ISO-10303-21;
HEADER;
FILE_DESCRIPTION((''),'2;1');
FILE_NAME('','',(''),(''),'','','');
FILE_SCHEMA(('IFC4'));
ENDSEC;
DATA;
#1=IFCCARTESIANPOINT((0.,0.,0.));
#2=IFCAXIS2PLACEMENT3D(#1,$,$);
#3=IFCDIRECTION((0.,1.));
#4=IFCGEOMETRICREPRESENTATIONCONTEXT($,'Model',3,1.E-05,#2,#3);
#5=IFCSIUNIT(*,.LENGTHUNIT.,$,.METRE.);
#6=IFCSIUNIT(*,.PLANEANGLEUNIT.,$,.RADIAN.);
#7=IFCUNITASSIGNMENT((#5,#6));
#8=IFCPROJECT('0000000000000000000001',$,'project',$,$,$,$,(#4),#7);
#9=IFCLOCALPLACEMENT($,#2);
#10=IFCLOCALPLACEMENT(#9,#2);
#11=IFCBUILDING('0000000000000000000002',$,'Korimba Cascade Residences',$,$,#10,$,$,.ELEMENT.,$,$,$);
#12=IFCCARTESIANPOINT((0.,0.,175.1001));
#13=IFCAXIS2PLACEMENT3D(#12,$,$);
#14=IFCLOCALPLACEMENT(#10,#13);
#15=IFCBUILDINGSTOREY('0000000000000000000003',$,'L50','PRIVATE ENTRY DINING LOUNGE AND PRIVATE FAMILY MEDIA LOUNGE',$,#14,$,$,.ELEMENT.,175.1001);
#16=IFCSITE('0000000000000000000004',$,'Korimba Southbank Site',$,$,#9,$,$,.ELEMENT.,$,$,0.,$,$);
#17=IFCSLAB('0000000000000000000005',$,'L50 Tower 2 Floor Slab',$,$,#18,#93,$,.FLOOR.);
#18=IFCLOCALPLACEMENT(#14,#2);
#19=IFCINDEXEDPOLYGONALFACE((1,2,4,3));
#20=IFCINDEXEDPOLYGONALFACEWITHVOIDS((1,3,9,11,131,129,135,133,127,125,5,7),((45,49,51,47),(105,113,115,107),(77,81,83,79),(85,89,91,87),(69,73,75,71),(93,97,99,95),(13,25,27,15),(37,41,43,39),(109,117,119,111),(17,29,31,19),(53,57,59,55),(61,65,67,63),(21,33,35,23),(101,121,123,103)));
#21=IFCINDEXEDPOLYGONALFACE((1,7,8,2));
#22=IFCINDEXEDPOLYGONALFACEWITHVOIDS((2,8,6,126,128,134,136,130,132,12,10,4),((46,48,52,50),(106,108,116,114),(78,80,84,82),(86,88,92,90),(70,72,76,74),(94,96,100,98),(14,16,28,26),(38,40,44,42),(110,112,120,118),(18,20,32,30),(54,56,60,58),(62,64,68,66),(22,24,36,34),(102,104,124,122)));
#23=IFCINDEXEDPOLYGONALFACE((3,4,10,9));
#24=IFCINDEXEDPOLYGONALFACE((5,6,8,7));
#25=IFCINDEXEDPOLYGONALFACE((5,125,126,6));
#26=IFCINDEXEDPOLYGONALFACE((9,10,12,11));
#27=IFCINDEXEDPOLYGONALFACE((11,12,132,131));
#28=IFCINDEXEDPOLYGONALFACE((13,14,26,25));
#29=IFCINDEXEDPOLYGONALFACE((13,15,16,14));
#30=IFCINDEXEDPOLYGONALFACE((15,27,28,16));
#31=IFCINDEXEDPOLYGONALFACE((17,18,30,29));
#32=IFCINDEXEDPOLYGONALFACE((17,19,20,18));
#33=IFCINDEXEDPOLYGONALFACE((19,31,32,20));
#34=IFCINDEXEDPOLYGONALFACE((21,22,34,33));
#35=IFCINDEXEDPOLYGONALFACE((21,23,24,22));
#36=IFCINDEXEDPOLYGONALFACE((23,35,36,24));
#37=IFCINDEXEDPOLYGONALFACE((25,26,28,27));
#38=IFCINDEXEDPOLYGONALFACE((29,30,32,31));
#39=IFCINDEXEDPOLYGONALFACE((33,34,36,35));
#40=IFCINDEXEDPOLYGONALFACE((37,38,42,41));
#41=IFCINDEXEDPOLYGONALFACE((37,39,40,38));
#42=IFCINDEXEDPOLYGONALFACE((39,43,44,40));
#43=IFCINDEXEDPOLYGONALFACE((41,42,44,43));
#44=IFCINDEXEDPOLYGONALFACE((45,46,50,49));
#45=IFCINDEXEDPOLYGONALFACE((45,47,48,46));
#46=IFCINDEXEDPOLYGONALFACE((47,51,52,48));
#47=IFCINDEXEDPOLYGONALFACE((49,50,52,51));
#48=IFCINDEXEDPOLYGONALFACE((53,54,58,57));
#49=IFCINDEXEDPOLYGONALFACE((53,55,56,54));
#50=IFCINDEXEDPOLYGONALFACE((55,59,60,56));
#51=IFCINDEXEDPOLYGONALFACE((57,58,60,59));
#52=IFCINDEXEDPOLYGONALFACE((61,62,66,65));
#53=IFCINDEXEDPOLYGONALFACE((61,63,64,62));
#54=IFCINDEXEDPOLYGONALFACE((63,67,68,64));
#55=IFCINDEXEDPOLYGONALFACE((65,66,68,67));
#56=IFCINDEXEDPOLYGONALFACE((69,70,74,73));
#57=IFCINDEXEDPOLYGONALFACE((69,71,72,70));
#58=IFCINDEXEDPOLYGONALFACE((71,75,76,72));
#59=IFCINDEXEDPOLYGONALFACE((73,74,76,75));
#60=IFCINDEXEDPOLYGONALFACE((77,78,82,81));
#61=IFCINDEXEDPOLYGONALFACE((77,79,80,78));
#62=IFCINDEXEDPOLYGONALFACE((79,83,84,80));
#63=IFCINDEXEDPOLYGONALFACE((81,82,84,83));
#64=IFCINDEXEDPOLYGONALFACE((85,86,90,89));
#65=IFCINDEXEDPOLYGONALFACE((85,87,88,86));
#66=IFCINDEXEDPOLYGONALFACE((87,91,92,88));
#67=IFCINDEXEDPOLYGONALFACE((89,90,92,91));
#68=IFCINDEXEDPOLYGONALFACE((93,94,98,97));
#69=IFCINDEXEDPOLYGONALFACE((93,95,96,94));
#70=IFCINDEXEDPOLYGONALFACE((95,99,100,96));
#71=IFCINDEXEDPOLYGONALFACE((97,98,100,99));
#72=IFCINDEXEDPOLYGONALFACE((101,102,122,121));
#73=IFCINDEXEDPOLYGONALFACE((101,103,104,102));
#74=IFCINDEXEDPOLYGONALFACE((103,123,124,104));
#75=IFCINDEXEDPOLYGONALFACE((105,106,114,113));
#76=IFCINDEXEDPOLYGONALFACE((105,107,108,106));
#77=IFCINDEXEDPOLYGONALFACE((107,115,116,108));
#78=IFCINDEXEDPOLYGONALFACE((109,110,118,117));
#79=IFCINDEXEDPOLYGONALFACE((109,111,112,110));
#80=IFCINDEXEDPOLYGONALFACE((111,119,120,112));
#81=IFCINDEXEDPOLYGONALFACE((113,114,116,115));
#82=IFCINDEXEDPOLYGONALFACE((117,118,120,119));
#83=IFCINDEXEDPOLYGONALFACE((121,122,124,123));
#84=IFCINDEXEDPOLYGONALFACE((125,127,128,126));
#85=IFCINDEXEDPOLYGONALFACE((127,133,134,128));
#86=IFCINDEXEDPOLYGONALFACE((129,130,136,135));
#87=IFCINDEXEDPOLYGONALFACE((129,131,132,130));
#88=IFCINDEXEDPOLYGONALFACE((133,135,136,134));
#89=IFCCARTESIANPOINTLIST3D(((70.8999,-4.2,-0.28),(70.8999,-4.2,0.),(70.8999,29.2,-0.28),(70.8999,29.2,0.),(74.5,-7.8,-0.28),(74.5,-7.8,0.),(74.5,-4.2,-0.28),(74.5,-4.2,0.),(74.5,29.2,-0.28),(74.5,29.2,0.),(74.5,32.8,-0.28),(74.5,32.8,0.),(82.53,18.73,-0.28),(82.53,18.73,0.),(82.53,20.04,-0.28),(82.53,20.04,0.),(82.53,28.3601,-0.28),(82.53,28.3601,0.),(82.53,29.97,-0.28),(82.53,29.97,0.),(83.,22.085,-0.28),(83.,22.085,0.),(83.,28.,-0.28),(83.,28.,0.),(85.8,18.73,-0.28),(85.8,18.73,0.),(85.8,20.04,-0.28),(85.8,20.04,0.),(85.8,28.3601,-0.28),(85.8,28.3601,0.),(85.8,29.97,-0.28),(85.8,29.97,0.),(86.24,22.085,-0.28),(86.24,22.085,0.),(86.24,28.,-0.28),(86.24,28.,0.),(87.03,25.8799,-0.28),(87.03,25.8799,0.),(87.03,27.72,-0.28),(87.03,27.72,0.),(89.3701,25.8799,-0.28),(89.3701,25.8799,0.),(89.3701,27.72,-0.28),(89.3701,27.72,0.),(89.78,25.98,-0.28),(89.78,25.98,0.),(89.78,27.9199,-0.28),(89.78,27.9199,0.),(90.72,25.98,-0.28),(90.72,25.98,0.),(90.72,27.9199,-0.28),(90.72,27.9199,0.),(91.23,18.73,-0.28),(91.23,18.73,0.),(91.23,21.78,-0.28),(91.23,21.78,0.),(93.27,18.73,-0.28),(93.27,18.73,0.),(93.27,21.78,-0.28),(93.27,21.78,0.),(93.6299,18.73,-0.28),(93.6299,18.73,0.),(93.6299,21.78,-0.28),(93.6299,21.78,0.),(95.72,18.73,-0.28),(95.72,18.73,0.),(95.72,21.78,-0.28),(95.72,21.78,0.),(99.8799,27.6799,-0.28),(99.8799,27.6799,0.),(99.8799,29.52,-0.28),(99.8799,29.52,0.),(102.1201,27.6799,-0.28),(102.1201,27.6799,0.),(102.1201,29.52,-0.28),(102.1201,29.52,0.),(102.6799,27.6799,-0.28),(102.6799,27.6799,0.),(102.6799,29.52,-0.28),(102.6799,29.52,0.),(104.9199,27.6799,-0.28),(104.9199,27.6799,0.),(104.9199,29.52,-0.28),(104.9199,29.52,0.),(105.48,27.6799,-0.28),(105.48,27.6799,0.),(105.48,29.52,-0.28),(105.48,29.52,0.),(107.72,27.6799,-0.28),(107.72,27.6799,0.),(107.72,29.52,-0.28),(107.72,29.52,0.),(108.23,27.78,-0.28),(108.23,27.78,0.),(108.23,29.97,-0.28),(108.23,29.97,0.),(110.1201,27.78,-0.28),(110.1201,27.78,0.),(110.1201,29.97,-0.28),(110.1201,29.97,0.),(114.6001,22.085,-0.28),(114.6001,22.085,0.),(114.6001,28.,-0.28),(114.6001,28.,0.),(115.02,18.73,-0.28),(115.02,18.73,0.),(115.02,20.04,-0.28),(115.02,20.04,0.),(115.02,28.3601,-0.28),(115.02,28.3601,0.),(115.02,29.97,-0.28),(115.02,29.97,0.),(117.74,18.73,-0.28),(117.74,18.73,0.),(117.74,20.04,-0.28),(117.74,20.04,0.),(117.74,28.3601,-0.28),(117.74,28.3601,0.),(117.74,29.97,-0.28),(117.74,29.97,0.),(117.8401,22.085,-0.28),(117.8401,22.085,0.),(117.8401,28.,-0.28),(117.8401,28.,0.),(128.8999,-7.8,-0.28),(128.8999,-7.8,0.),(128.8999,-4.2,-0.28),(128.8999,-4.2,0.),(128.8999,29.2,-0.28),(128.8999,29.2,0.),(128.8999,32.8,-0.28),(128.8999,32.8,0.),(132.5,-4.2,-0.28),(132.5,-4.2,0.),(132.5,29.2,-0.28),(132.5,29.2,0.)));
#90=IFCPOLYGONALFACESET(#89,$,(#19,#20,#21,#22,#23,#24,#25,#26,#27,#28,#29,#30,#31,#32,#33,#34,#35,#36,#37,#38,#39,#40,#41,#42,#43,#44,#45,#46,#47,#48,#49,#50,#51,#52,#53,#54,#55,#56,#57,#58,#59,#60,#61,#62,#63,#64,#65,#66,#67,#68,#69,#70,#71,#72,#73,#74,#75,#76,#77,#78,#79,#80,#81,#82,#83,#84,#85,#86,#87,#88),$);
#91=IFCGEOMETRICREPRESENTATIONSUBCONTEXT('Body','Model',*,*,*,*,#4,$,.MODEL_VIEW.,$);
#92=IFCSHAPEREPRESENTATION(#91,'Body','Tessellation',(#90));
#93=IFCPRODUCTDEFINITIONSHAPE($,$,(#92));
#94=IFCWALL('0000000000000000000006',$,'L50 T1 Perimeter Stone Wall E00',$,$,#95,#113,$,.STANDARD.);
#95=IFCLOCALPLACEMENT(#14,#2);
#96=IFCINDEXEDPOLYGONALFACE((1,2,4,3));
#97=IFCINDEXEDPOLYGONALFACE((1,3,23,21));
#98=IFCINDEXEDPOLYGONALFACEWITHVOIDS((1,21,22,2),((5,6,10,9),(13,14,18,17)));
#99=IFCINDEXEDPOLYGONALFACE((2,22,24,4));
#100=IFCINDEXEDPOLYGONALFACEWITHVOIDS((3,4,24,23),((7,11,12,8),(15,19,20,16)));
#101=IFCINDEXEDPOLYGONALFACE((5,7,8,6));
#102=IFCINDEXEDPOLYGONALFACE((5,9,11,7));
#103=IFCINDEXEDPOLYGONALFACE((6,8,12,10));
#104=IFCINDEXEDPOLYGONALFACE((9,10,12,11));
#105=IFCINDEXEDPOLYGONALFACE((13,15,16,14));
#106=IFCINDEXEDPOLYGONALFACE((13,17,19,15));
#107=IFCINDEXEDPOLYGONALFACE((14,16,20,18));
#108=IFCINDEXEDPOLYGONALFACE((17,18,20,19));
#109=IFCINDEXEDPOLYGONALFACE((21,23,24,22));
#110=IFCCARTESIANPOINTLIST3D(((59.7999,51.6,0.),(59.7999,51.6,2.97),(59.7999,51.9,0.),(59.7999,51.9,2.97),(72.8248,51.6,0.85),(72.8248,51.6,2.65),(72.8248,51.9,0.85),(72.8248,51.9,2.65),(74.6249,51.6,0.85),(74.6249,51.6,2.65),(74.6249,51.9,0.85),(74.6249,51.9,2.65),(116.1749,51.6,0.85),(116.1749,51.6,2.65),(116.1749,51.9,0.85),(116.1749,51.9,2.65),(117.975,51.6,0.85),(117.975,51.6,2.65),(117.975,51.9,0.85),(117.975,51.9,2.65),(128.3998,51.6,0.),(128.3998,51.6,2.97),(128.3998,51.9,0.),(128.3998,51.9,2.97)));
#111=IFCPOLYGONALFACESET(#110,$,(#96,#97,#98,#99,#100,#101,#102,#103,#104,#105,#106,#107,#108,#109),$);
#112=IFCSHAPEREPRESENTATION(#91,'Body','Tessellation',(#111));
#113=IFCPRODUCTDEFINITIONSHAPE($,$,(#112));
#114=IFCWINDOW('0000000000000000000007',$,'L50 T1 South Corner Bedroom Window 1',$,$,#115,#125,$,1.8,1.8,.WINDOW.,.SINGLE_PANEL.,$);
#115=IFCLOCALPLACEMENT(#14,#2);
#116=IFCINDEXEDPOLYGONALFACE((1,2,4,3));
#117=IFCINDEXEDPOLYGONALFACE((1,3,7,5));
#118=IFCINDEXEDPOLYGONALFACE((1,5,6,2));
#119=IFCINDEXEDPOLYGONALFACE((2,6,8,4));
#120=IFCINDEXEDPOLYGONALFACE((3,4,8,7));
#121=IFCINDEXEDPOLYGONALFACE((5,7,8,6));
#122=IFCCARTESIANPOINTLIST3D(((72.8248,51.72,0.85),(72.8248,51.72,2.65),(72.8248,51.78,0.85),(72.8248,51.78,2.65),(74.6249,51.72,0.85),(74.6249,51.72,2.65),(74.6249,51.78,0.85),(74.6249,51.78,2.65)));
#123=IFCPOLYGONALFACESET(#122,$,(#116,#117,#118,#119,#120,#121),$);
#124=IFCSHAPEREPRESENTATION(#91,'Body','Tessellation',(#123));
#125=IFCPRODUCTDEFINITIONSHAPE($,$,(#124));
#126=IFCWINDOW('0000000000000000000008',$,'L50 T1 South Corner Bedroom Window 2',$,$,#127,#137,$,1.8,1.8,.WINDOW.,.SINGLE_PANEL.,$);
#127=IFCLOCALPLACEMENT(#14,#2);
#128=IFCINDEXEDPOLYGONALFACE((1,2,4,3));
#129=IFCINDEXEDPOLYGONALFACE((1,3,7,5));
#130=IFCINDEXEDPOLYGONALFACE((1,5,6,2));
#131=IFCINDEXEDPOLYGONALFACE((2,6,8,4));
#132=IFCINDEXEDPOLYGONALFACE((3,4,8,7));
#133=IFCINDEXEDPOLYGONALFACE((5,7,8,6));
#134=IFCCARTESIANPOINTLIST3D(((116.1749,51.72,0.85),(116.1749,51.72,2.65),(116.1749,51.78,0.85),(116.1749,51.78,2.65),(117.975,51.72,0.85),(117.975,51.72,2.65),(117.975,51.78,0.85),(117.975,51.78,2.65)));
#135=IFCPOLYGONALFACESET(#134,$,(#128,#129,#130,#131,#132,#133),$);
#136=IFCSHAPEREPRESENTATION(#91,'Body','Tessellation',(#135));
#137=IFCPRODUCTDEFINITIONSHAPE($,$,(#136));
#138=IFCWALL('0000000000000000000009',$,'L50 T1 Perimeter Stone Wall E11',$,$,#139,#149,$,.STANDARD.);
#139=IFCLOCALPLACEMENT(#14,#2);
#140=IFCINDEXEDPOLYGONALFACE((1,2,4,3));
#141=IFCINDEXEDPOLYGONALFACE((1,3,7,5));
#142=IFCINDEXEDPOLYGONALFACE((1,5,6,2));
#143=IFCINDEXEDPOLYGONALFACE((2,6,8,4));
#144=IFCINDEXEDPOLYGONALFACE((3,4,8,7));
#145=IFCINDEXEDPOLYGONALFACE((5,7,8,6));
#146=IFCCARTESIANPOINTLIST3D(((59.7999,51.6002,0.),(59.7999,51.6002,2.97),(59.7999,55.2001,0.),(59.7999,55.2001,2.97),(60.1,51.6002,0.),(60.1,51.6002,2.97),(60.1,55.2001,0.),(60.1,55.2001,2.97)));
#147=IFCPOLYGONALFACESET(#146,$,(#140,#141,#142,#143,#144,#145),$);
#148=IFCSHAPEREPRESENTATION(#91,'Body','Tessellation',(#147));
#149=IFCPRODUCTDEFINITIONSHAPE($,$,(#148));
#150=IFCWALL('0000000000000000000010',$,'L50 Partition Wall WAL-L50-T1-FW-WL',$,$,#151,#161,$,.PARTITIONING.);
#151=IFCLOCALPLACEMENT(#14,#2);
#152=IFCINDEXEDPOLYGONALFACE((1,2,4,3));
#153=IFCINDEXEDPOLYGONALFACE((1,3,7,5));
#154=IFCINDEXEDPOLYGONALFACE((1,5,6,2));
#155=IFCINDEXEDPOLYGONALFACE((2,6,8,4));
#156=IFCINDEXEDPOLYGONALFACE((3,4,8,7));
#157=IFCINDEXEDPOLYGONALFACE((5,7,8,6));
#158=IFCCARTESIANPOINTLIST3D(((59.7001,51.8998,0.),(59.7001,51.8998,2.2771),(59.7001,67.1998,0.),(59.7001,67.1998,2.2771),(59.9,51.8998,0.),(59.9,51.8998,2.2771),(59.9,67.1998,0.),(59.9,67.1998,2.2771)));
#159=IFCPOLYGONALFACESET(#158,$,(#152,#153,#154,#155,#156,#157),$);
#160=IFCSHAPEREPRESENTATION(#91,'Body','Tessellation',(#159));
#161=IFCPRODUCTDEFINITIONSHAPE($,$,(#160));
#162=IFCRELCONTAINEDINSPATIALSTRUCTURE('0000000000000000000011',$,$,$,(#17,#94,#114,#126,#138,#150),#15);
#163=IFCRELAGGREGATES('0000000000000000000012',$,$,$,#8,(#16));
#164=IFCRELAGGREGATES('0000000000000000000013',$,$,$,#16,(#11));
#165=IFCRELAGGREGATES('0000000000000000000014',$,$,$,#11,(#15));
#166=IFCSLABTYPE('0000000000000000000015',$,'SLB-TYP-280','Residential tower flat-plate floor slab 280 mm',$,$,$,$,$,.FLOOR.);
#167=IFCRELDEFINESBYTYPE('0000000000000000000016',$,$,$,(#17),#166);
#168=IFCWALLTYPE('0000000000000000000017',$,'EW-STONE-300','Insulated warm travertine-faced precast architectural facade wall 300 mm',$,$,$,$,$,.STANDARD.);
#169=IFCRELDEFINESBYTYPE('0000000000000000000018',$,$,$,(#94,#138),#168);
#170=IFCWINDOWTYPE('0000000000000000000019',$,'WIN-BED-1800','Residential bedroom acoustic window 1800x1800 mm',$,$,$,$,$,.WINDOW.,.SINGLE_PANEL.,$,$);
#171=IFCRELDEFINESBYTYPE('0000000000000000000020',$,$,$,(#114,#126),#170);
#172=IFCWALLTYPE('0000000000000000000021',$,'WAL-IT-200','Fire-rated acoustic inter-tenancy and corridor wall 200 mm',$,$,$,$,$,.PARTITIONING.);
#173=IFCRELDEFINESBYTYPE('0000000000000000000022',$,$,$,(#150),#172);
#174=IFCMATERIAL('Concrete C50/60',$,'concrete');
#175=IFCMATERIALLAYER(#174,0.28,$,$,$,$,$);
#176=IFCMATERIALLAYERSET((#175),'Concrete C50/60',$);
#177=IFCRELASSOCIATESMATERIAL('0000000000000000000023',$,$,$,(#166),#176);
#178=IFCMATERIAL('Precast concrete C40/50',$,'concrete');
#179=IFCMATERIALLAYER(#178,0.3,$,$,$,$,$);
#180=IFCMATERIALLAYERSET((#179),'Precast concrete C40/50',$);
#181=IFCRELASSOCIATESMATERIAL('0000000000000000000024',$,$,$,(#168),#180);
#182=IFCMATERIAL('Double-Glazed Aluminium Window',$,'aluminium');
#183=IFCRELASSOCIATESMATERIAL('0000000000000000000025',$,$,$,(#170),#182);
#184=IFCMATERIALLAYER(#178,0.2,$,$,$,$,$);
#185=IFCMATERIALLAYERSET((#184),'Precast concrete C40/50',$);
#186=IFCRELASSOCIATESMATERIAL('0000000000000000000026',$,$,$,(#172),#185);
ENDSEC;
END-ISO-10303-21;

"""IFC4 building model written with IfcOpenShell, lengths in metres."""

from ifc_helpers import new_model, si_unit, direction, frame, frame_2d, origin, place, context, subcontext, project, spatial, polyline, rectangle, outline, extrude, material, layer, layer_set, type_object, element, fill, save


model = new_model("IFC4")

# Units and contexts
model_context = context("Model", 3, precision=1e-05, world=origin(), true_north=direction((0.0, 1.0)))
body_context = subcontext(model_context, "Body", "Model", "MODEL_VIEW")
ifc_project = project(units=[si_unit("LENGTHUNIT", "METRE"), si_unit("PLANEANGLEUNIT", "RADIAN")], contexts=[model_context])

# Site, building, storey
site_placement = place(None, origin())
site = spatial("IfcSite", under=ifc_project, at=site_placement, Name="Korimba Southbank Site", CompositionType="ELEMENT", RefElevation=0.0)
building_placement = place(site_placement, origin())
building = spatial("IfcBuilding", under=site, at=building_placement, Name="Korimba Cascade Residences", CompositionType="ELEMENT")
storey_placement = place(building_placement, frame((0.0, 0.0, 175.1001)))
storey = spatial("IfcBuildingStorey", under=building, at=storey_placement, Name="L50", Description="PRIVATE ENTRY DINING LOUNGE AND PRIVATE FAMILY MEDIA LOUNGE", CompositionType="ELEMENT", Elevation=175.1001)

# Shared definitions
ifc_material_1 = material(Name="Concrete C50/60", Category="concrete")

# Slab
ifc_material_2 = material(Name="Precast concrete C40/50", Category="concrete")
ifc_layer_1 = layer(ifc_material_1, 0.28)
ifc_layer_set_1 = layer_set([ifc_layer_1], Name="Concrete C50/60")
slab_type_1 = type_object("IfcSlabType", Name="SLB-TYP-280", Description="Residential tower flat-plate floor slab 280 mm", PredefinedType="FLOOR", material=ifc_layer_set_1)
slab_1_placement = place(storey_placement, frame((0.0, 0.0, -0.28)))
element("IfcSlab", 1, at=slab_1_placement, inside=storey, type_object=slab_type_1, Name="L50 Tower 2 Floor Slab", PredefinedType="FLOOR", context=body_context, shape_type="SweptSolid", body=[
    extrude(outline(polyline([(74.5, -7.8), (128.8999, -7.8), (128.8999, -4.2), (132.5, -4.2), (132.5, 29.2), (128.8999, 29.2), (128.8999, 32.8), (74.5, 32.8), (74.5, 29.2), (70.8999, 29.2), (70.8999, -4.2), (74.5, -4.2), (74.5, -7.8)]), holes=[polyline([(86.24, 22.085), (86.24, 28.0), (83.0, 28.0), (83.0, 22.085), (86.24, 22.085)]), polyline([(117.8401, 22.085), (117.8401, 28.0), (114.6001, 28.0), (114.6001, 22.085), (117.8401, 22.085)]), polyline([(87.03, 25.8799), (89.3701, 25.8799), (89.3701, 27.72), (87.03, 27.72), (87.03, 25.8799)]), polyline([(99.8799, 27.6799), (102.1201, 27.6799), (102.1201, 29.52), (99.8799, 29.52), (99.8799, 27.6799)]), polyline([(102.6799, 27.6799), (104.9199, 27.6799), (104.9199, 29.52), (102.6799, 29.52), (102.6799, 27.6799)]), polyline([(105.48, 27.6799), (107.72, 27.6799), (107.72, 29.52), (105.48, 29.52), (105.48, 27.6799)]), polyline([(89.78, 25.98), (90.72, 25.98), (90.72, 27.9199), (89.78, 27.9199), (89.78, 25.98)]), polyline([(82.53, 18.73), (85.8, 18.73), (85.8, 20.04), (82.53, 20.04), (82.53, 18.73)]), polyline([(82.53, 28.3601), (85.8, 28.3601), (85.8, 29.97), (82.53, 29.97), (82.53, 28.3601)]), polyline([(108.23, 27.78), (110.1201, 27.78), (110.1201, 29.97), (108.23, 29.97), (108.23, 27.78)]), polyline([(91.23, 18.73), (93.27, 18.73), (93.27, 21.78), (91.23, 21.78), (91.23, 18.73)]), polyline([(93.6299, 18.73), (95.72, 18.73), (95.72, 21.78), (93.6299, 21.78), (93.6299, 18.73)]), polyline([(115.02, 18.73), (117.74, 18.73), (117.74, 20.04), (115.02, 20.04), (115.02, 18.73)]), polyline([(115.02, 28.3601), (117.74, 28.3601), (117.74, 29.97), (115.02, 29.97), (115.02, 28.3601)])]), origin(), (0.0, 0.0, 1.0), 0.28),
])

# Wall, openings, windows
ifc_layer_2 = layer(ifc_material_2, 0.3)
ifc_layer_set_2 = layer_set([ifc_layer_2], Name="Precast concrete C40/50")
wall_type_1 = type_object("IfcWallType", Name="EW-STONE-300", Description="Insulated warm travertine-faced precast architectural facade wall 300 mm", PredefinedType="STANDARD", material=ifc_layer_set_2)
wall_1_placement = place(storey_placement, frame((59.8, 51.75, 0.0), z_axis=(0.0, 0.0, 1.0), x_axis=(1.0, 0.0, 0.0)))
wall_1 = element("IfcWall", 2, at=wall_1_placement, inside=storey, type_object=wall_type_1, Name="L50 T1 Perimeter Stone Wall E00", PredefinedType="STANDARD", context=body_context, shape_type="SweptSolid", body=[
    extrude(rectangle(XDim=68.5999, YDim=0.3, at=frame_2d((34.2998, 0.0))), origin(), (0.0, 0.0, 1.0), 2.97),
])
opening_1_placement = place(wall_1_placement, frame((13.0249, 0.0, 0.8501)))
opening_1 = element("IfcOpeningElement", 3, at=opening_1_placement, cuts=wall_1, PredefinedType="OPENING", context=body_context, shape_type="SweptSolid", body=[
    extrude(rectangle(XDim=1.8, YDim=1.8, at=frame_2d((0.8999, 0.8999))), frame((0.0, 0.1602, 0.0), z_axis=(0.0, -1.0, 0.0), x_axis=(1.0, 0.0, 0.0)), (0.0, 0.0, 1.0), 0.3201),
])
opening_2_placement = place(wall_1_placement, frame((56.375, 0.0, 0.8501)))
opening_2 = element("IfcOpeningElement", 4, at=opening_2_placement, cuts=wall_1, PredefinedType="OPENING", context=body_context, shape_type="SweptSolid", body=[
    extrude(rectangle(XDim=1.8, YDim=1.8, at=frame_2d((0.8999, 0.8999))), frame((0.0, 0.1602, 0.0), z_axis=(0.0, -1.0, 0.0), x_axis=(1.0, 0.0, 0.0)), (0.0, 0.0, 1.0), 0.3201),
])
ifc_material_3 = material(Name="Double-Glazed Aluminium Window", Category="aluminium")
window_type = type_object("IfcWindowType", Name="WIN-BED-1800", Description="Residential bedroom acoustic window 1800x1800 mm", PartitioningType="SINGLE_PANEL", PredefinedType="WINDOW", material=ifc_material_3)
window_1_placement = place(opening_1_placement, origin())
window_1 = element("IfcWindow", 5, at=window_1_placement, inside=storey, type_object=window_type, Name="L50 T1 South Corner Bedroom Window 1", OverallHeight=1.8, OverallWidth=1.8, PartitioningType="SINGLE_PANEL", PredefinedType="WINDOW", context=body_context, shape_type="SweptSolid", body=[
    extrude(rectangle(XDim=1.8, YDim=1.8, at=frame_2d((0.8999, 0.8999))), frame((0.0, 0.03, 0.0), z_axis=(0.0, -1.0, 0.0), x_axis=(1.0, 0.0, 0.0)), (0.0, 0.0, 1.0), 0.0601),
])
fill(opening_1, window_1)
window_2_placement = place(opening_2_placement, origin())
window_2 = element("IfcWindow", 6, at=window_2_placement, inside=storey, type_object=window_type, Name="L50 T1 South Corner Bedroom Window 2", OverallHeight=1.8, OverallWidth=1.8, PartitioningType="SINGLE_PANEL", PredefinedType="WINDOW", context=body_context, shape_type="SweptSolid", body=[
    extrude(rectangle(XDim=1.8, YDim=1.8, at=frame_2d((0.8999, 0.8999))), frame((0.0, 0.03, 0.0), z_axis=(0.0, -1.0, 0.0), x_axis=(1.0, 0.0, 0.0)), (0.0, 0.0, 1.0), 0.0601),
])
fill(opening_2, window_2)

# Walls
wall_2_placement = place(storey_placement, frame((59.95, 55.2, 0.0), z_axis=(0.0, 0.0, 1.0), x_axis=(0.0, -1.0, 0.0)))
element("IfcWall", 7, at=wall_2_placement, inside=storey, type_object=wall_type_1, Name="L50 T1 Perimeter Stone Wall E11", PredefinedType="STANDARD", context=body_context, shape_type="SweptSolid", body=[
    extrude(rectangle(XDim=3.5999, YDim=0.3, at=frame_2d((1.7998, 0.0))), origin(), (0.0, 0.0, 1.0), 2.97),
])
ifc_layer_3 = layer(ifc_material_2, 0.2)
ifc_layer_set_3 = layer_set([ifc_layer_3], Name="Precast concrete C40/50")
wall_type_2 = type_object("IfcWallType", Name="WAL-IT-200", Description="Fire-rated acoustic inter-tenancy and corridor wall 200 mm", PredefinedType="PARTITIONING", material=ifc_layer_set_3)
wall_3_placement = place(storey_placement, frame((59.8, 51.8999, 0.0), z_axis=(0.0, 0.0, 1.0), x_axis=(0.0, 1.0, 0.0)))
element("IfcWall", 8, at=wall_3_placement, inside=storey, type_object=wall_type_2, Name="L50 Partition Wall WAL-L50-T1-FW-WL", PredefinedType="PARTITIONING", context=body_context, shape_type="SweptSolid", body=[
    extrude(rectangle(XDim=15.3, YDim=0.2, at=frame_2d((7.6499, 0.0))), origin(), (0.0, 0.0, 1.0), 2.2771),
])

save(model, "model.ifc")
